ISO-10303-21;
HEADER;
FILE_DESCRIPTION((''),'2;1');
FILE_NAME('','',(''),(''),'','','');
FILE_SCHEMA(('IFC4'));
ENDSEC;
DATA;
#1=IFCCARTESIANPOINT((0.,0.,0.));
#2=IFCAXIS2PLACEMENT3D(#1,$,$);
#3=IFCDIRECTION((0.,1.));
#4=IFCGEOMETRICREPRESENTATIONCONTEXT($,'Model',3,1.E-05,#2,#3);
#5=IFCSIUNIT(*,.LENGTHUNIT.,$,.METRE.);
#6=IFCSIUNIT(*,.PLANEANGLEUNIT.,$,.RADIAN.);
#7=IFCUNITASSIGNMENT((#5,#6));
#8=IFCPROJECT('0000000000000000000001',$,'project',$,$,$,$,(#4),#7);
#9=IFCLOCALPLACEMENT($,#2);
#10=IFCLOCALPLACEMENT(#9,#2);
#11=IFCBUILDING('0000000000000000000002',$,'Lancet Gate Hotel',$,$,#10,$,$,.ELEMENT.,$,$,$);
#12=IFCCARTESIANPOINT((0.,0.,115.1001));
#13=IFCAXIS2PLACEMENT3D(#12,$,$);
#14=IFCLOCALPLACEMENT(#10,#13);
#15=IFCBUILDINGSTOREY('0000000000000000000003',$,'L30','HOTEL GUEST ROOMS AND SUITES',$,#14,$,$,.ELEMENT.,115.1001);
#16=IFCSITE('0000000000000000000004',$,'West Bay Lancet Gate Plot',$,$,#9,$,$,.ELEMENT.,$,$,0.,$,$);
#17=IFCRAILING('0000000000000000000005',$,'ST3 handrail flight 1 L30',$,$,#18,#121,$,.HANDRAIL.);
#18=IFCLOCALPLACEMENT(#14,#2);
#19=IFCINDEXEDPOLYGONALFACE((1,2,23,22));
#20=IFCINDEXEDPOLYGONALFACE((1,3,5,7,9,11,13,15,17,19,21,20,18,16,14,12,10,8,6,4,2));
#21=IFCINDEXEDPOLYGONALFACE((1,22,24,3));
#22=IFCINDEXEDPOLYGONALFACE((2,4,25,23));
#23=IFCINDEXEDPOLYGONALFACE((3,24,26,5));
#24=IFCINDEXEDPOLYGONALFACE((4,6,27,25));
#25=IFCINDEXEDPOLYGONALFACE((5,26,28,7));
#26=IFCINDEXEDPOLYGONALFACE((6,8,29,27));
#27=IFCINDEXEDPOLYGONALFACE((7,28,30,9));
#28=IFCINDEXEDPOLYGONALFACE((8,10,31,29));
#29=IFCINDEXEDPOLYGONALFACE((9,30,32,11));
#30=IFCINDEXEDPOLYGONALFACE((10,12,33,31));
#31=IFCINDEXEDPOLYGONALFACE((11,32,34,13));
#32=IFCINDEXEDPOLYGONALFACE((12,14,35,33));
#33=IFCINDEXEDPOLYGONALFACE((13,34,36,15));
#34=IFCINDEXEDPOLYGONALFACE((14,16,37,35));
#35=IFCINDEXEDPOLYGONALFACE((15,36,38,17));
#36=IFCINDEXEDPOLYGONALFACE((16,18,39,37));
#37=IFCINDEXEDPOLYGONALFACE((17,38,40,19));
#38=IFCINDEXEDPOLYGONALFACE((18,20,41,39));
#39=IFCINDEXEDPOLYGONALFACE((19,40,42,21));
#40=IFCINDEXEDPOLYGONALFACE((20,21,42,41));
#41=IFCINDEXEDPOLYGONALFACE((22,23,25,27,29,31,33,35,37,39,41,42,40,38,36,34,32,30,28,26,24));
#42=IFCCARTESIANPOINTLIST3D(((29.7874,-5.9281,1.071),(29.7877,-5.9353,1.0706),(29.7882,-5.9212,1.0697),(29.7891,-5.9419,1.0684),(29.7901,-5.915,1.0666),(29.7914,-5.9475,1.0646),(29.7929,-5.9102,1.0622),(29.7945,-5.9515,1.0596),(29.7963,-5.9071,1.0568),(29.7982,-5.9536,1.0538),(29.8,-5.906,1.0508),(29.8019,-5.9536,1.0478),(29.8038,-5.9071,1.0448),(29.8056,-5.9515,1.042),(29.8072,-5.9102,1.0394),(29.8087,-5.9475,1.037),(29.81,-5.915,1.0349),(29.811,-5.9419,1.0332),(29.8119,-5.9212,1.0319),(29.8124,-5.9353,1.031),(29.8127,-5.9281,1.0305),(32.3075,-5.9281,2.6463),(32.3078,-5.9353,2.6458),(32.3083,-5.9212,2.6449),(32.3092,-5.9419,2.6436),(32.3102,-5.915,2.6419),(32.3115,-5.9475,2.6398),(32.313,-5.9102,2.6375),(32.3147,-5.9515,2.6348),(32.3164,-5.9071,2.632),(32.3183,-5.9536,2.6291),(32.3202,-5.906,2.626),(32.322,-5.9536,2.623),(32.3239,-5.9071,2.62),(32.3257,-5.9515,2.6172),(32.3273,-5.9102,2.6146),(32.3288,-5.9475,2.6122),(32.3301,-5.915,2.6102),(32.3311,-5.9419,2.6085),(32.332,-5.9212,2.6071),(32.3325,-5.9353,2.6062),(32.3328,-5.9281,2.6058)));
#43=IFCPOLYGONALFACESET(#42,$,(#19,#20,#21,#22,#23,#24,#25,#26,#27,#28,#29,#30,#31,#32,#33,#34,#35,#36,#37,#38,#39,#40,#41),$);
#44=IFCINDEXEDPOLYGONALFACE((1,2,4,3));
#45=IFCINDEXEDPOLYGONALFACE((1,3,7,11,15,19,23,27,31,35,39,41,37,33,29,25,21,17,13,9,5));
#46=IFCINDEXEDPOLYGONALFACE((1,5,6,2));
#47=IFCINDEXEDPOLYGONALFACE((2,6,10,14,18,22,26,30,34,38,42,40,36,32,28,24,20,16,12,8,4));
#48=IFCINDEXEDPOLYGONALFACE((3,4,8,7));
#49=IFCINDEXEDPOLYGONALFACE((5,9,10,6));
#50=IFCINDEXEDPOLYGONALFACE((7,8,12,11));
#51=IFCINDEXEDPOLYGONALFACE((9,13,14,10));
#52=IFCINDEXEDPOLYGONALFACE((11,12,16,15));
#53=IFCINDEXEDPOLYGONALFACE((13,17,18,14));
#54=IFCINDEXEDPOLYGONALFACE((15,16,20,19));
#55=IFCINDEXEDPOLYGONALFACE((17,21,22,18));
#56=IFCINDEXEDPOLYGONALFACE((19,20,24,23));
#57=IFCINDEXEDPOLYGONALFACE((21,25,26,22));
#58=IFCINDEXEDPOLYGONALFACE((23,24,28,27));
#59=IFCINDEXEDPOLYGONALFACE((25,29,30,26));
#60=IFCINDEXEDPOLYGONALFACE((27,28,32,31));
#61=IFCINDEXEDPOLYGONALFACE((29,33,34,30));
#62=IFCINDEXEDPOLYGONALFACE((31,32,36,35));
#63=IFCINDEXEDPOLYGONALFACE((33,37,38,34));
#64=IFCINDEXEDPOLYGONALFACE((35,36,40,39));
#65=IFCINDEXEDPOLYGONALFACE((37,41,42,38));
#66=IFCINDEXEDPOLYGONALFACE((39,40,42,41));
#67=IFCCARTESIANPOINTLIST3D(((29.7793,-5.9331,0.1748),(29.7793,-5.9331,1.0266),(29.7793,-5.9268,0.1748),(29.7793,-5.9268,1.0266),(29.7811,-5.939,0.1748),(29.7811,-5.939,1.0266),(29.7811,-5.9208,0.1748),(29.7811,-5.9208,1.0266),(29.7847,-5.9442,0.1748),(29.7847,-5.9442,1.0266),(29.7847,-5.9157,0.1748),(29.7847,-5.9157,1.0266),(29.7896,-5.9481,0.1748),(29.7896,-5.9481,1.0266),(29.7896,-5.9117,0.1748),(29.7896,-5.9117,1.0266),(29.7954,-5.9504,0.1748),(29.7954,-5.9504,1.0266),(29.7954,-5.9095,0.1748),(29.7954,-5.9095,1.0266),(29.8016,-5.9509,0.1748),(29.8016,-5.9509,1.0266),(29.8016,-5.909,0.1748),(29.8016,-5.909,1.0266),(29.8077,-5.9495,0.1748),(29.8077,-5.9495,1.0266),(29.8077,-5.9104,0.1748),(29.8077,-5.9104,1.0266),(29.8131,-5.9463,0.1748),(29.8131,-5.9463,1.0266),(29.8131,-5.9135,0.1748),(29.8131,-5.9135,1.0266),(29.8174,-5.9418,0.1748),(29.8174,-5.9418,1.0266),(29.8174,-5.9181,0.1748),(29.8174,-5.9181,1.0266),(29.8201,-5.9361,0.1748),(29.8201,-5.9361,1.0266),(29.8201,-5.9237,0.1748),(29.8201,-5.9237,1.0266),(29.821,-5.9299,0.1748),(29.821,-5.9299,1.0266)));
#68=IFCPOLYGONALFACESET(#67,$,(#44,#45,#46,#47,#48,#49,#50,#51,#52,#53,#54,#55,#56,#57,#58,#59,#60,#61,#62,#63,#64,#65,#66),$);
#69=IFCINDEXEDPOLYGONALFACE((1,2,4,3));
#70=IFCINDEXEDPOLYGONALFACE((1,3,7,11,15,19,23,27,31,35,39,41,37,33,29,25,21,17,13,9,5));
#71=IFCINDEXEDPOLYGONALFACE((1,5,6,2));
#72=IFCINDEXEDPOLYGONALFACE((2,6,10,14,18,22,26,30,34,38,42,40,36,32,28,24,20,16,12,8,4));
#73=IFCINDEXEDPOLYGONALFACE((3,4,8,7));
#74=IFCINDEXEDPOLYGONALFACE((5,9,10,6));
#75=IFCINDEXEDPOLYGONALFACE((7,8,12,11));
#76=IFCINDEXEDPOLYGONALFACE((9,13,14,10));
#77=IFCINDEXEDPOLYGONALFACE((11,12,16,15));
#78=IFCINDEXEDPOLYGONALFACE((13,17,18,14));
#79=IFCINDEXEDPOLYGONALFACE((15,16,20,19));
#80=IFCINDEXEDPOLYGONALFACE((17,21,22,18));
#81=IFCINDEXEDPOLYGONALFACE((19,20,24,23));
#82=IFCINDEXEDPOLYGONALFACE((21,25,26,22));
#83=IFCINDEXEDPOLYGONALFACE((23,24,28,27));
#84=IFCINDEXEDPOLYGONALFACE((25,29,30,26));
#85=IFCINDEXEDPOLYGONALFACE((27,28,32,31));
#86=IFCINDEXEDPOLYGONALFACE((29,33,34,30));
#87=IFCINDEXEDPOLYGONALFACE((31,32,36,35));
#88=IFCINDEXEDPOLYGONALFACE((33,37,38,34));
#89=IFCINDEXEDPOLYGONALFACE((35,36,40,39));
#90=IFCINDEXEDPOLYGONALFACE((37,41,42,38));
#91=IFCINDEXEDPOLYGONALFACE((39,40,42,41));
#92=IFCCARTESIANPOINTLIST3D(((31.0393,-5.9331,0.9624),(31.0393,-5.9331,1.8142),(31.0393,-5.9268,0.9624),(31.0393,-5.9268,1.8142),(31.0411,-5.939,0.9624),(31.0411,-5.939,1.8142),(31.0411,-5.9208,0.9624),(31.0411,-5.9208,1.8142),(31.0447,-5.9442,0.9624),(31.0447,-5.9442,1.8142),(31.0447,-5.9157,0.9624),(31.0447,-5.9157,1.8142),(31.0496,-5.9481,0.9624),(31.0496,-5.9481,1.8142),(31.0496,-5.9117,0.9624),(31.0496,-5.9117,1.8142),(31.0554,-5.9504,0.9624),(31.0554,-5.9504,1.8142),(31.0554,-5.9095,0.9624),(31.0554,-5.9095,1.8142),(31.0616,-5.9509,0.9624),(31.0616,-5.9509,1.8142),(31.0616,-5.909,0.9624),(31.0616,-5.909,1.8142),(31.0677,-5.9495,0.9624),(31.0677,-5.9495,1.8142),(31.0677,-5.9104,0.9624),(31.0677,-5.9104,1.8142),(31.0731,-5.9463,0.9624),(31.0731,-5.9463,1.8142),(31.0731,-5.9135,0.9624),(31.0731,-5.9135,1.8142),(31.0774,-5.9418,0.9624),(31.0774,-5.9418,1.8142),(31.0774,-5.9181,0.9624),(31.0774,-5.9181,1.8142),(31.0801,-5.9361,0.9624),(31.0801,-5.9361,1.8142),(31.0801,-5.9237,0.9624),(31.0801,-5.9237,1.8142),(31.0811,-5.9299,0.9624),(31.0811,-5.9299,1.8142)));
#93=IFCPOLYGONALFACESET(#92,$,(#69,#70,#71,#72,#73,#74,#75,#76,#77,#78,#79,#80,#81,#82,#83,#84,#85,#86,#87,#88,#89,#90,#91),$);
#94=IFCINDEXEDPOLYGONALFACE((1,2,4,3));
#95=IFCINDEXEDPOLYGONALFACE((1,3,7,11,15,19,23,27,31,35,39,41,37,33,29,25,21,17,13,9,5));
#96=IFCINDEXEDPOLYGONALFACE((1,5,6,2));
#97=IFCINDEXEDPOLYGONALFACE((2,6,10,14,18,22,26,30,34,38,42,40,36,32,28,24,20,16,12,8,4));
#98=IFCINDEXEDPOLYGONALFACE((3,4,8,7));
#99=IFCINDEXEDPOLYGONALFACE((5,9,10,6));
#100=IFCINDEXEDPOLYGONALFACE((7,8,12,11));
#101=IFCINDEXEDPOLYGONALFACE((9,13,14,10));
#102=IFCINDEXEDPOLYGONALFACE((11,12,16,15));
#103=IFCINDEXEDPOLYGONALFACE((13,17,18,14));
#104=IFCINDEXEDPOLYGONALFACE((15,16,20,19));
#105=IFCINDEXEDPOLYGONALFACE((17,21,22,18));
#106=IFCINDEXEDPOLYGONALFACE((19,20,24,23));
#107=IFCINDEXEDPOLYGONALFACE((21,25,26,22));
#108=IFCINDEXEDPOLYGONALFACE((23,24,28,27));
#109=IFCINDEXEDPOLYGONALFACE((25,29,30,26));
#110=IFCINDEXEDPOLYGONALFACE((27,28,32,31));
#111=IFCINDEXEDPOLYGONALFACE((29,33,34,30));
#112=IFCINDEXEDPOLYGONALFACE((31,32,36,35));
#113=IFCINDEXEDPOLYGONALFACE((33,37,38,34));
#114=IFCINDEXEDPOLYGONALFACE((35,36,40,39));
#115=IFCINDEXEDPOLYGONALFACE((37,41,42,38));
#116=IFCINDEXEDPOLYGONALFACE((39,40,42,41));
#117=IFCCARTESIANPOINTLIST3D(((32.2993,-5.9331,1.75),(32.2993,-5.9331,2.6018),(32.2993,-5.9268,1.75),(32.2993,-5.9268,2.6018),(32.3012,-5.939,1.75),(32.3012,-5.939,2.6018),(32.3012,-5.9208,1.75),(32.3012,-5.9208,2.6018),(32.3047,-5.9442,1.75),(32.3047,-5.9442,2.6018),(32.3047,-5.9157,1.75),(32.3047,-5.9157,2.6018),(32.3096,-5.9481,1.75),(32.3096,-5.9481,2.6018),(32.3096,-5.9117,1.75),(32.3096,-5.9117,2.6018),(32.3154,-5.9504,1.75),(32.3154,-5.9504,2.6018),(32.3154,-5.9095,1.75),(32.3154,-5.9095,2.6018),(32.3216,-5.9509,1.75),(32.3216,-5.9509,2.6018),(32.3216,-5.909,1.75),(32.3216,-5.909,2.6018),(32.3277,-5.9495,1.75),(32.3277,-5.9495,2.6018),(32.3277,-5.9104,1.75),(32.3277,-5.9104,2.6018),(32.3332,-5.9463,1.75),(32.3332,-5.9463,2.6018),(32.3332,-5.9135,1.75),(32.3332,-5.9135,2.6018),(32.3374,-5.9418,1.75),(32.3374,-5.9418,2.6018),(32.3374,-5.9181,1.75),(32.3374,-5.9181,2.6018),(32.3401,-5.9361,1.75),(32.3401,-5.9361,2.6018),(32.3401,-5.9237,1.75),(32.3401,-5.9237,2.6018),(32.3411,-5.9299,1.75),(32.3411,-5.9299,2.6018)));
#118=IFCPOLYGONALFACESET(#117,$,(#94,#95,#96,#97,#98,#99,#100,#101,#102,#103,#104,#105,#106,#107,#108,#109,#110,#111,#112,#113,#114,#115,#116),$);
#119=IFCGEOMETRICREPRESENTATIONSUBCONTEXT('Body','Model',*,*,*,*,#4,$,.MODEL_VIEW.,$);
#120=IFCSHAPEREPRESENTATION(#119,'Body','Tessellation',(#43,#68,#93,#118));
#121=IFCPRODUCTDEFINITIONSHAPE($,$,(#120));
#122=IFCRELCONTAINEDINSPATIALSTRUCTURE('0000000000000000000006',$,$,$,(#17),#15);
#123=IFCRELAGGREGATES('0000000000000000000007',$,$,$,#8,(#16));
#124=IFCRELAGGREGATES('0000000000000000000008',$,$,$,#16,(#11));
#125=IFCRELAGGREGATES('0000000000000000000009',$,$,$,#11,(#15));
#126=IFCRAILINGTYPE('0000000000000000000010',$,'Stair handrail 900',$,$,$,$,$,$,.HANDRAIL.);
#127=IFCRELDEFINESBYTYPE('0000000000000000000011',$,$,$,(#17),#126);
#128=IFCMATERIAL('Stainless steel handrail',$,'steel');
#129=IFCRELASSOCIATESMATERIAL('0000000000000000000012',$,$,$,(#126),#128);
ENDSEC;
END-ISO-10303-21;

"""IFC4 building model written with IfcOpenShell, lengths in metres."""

from ifc_helpers import new_model, si_unit, direction, frame, origin, origin_2d, place, context, subcontext, project, spatial, circle, extrude, material, type_object, element, save


model = new_model("IFC4")

# Units and contexts
model_context = context("Model", 3, precision=1e-05, world=origin(), true_north=direction((0.0, 1.0)))
body_context = subcontext(model_context, "Body", "Model", "MODEL_VIEW")
ifc_project = project(units=[si_unit("LENGTHUNIT", "METRE"), si_unit("PLANEANGLEUNIT", "RADIAN")], contexts=[model_context])

# Site, building, storey
site_placement = place(None, origin())
site = spatial("IfcSite", under=ifc_project, at=site_placement, Name="West Bay Lancet Gate Plot", CompositionType="ELEMENT", RefElevation=0.0)
building_placement = place(site_placement, origin())
building = spatial("IfcBuilding", under=site, at=building_placement, Name="Lancet Gate Hotel", CompositionType="ELEMENT")
storey_placement = place(building_placement, frame((0.0, 0.0, 115.1001)))
storey = spatial("IfcBuildingStorey", under=building, at=storey_placement, Name="L30", Description="HOTEL GUEST ROOMS AND SUITES", CompositionType="ELEMENT", Elevation=115.1001)

# Railing
ifc_material_1 = material(Name="Stainless steel handrail", Category="steel")
railing_type = type_object("IfcRailingType", Name="Stair handrail 900", PredefinedType="HANDRAIL", material=ifc_material_1)
railing_1_placement = place(storey_placement, frame((29.8, -5.9299, 0.1748)))
element("IfcRailing", 1, at=railing_1_placement, inside=storey, type_object=railing_type, Name="ST3 handrail flight 1 L30", PredefinedType="HANDRAIL", context=body_context, shape_type="SweptSolid", body=[
    extrude(circle(Radius=0.0239, at=origin_2d()), frame((0.0, 0.0, 0.876), z_axis=(0.847971, 0.0, 0.530043), x_axis=(0.0, 1.0, 0.0)), (0.0, 0.0, 1.0), 2.9719),
    extrude(circle(Radius=0.021, at=origin_2d()), origin(), (0.0, 0.0, 1.0), 0.8518),
    extrude(circle(Radius=0.021, at=origin_2d()), frame((1.26, 0.0, 0.7876)), (0.0, 0.0, 1.0), 0.8518),
    extrude(circle(Radius=0.021, at=origin_2d()), frame((2.52, 0.0, 1.5752)), (0.0, 0.0, 1.0), 0.8518),
])

save(model, "model.ifc")
